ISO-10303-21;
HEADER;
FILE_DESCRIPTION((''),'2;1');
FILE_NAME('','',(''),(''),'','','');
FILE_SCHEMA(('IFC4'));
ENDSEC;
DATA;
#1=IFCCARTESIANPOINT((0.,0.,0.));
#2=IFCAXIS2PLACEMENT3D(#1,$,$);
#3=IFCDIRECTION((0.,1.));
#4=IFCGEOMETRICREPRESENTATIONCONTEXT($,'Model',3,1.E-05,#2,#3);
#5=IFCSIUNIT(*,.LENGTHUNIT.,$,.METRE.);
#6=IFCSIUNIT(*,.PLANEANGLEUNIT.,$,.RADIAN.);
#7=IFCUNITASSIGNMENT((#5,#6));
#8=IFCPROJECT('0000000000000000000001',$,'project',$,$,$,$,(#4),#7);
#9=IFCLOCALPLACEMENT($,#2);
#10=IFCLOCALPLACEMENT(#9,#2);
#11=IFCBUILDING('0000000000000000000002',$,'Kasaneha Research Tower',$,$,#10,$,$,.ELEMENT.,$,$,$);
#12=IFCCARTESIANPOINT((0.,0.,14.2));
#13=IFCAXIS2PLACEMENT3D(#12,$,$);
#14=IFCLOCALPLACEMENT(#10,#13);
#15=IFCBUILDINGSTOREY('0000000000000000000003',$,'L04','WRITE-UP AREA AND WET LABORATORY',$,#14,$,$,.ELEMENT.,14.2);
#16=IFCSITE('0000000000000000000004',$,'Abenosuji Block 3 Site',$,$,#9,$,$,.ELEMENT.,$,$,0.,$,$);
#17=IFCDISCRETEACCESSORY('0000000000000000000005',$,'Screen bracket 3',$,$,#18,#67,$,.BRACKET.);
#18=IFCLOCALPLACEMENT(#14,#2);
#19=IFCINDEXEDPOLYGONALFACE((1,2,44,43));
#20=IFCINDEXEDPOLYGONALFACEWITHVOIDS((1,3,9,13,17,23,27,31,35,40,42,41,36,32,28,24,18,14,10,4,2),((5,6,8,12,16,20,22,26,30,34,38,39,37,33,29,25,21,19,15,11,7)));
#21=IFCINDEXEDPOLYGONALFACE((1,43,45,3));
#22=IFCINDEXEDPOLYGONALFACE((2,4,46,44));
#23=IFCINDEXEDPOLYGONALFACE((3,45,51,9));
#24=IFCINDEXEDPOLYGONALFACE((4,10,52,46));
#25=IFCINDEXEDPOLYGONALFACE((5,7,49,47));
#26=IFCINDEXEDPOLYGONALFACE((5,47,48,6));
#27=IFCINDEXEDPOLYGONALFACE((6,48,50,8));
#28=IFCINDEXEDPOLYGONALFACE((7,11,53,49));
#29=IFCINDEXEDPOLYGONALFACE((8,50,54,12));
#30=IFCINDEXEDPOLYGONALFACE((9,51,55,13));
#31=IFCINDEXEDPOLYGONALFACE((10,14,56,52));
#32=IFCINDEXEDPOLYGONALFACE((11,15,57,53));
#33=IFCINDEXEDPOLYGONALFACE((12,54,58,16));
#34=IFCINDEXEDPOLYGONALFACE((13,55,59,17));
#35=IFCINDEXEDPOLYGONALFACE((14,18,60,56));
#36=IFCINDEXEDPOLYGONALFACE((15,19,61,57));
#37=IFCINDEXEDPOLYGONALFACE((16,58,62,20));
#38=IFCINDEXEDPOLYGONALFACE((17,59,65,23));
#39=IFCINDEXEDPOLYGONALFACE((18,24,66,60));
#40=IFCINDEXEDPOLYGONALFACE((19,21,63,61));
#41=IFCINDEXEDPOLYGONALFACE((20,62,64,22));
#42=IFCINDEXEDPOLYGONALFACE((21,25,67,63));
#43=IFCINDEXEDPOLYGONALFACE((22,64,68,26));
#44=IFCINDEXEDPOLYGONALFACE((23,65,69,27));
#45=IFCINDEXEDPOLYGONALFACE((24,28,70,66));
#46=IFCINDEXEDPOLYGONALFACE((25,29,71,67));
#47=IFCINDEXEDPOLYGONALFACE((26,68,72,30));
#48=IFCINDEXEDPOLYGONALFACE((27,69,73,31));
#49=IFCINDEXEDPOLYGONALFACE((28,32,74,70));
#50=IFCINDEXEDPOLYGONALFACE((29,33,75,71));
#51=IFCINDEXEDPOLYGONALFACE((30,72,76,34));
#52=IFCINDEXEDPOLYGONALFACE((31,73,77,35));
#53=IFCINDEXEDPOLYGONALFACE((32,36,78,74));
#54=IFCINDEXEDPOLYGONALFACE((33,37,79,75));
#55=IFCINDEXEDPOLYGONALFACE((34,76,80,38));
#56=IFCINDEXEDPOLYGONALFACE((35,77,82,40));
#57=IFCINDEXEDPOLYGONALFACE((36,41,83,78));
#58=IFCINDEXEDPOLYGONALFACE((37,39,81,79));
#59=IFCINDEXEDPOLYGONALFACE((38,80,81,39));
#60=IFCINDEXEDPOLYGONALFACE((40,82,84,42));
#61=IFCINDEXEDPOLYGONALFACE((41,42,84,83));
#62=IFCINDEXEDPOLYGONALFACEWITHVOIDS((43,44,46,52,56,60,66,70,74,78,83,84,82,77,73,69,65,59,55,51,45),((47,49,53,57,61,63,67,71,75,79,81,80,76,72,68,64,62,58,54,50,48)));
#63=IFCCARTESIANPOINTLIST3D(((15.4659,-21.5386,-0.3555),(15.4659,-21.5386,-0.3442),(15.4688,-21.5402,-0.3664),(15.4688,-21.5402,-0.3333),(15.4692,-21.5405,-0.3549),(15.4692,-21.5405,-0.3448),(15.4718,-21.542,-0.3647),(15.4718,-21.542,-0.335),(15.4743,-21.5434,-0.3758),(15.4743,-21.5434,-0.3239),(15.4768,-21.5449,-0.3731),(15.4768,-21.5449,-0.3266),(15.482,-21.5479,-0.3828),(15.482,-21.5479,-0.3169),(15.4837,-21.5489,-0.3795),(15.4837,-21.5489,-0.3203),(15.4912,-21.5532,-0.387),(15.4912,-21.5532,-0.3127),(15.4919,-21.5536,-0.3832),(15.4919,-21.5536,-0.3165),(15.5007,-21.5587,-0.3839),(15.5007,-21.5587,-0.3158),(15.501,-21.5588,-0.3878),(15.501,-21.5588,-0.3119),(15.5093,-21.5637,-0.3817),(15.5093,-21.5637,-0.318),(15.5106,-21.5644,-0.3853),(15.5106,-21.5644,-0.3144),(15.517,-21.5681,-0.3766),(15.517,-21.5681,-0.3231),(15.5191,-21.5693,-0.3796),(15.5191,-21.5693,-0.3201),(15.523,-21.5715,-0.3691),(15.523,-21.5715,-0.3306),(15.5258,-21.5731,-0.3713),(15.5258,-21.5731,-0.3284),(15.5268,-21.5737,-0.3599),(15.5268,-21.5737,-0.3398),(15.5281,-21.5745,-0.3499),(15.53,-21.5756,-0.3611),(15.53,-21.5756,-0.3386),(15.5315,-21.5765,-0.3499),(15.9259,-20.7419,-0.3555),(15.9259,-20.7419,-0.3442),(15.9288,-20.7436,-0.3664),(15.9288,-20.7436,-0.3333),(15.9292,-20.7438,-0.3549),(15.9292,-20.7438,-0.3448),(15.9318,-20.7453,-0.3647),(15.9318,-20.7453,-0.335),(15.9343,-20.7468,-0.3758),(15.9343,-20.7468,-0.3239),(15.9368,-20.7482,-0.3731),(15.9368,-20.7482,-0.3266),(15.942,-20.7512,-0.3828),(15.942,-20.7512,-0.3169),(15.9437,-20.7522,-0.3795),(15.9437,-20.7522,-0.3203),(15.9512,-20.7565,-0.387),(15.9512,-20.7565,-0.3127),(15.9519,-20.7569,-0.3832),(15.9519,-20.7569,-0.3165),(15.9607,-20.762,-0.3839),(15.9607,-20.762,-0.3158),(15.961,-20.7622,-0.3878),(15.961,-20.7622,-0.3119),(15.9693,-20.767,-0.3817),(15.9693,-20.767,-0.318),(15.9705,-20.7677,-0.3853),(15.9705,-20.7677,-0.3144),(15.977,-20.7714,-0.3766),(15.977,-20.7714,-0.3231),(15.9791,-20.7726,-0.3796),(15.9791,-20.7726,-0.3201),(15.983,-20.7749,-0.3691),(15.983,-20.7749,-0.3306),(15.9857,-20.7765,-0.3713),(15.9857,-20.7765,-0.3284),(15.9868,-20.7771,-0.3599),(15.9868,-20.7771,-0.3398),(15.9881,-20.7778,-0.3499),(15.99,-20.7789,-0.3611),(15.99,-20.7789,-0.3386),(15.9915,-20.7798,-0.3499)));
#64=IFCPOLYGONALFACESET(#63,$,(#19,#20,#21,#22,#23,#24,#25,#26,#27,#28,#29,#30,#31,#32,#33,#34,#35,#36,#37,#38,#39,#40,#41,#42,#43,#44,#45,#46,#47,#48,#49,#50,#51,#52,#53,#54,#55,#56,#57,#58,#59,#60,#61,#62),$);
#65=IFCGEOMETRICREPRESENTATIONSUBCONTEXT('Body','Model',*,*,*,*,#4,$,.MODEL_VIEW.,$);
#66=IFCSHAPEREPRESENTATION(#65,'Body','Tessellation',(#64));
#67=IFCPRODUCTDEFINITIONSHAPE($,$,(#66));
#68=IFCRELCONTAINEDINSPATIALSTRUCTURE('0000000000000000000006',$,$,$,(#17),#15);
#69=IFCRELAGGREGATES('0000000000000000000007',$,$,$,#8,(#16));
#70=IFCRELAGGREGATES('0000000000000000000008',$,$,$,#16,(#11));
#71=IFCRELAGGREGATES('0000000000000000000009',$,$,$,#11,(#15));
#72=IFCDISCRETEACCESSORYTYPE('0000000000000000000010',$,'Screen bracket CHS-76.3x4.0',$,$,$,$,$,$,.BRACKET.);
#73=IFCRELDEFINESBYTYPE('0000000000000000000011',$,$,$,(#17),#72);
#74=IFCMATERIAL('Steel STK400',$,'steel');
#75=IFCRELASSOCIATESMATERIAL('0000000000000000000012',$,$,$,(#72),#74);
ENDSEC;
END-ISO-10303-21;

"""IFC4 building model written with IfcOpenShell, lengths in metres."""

from ifc_helpers import new_model, si_unit, direction, frame, origin, origin_2d, place, context, subcontext, project, spatial, hollow_circle, extrude, material, material_profile, profile_set, type_object, element, save


model = new_model("IFC4")

# Units and contexts
model_context = context("Model", 3, precision=1e-05, world=origin(), true_north=direction((0.0, 1.0)))
body_context = subcontext(model_context, "Body", "Model", "MODEL_VIEW")
ifc_project = project(units=[si_unit("LENGTHUNIT", "METRE"), si_unit("PLANEANGLEUNIT", "RADIAN")], contexts=[model_context])

# Site, building, storey
site_placement = place(None, origin())
site = spatial("IfcSite", under=ifc_project, at=site_placement, Name="Abenosuji Block 3 Site", CompositionType="ELEMENT", RefElevation=0.0)
building_placement = place(site_placement, origin())
building = spatial("IfcBuilding", under=site, at=building_placement, Name="Kasaneha Research Tower", CompositionType="ELEMENT")
storey_placement = place(building_placement, frame((0.0, 0.0, 14.2)))
storey = spatial("IfcBuildingStorey", under=building, at=storey_placement, Name="L04", Description="WRITE-UP AREA AND WET LABORATORY", CompositionType="ELEMENT", Elevation=14.2)

# Discrete accessory
ifc_material_1 = material(Name="Steel STK400", Category="steel")
ifc_material_profile_1 = material_profile(ifc_material_1, hollow_circle(Radius=0.0381, WallThickness=0.0039, at=origin_2d()), Name="CHS-76.3x4.0")
ifc_profile_set_1 = profile_set([ifc_material_profile_1], Name="Steel STK400")
discrete_accessory_type = type_object("IfcDiscreteAccessoryType", Name="Screen bracket CHS-76.3x4.0", PredefinedType="BRACKET", material=ifc_profile_set_1)
discrete_accessory_1_placement = place(storey_placement, frame((15.9585, -20.7607, -0.3499), z_axis=(-0.500021, -0.866013, 0.0), x_axis=(0.866013, -0.500021, 0.0)))
element("IfcDiscreteAccessory", 1, at=discrete_accessory_1_placement, inside=storey, type_object=discrete_accessory_type, Name="Screen bracket 3", PredefinedType="BRACKET", context=body_context, shape_type="SweptSolid", body=[
    extrude(hollow_circle(Radius=0.0381, WallThickness=0.0039, at=origin_2d()), origin(), (0.0, 0.0, 1.0), 0.9199),
])

save(model, "model.ifc")
